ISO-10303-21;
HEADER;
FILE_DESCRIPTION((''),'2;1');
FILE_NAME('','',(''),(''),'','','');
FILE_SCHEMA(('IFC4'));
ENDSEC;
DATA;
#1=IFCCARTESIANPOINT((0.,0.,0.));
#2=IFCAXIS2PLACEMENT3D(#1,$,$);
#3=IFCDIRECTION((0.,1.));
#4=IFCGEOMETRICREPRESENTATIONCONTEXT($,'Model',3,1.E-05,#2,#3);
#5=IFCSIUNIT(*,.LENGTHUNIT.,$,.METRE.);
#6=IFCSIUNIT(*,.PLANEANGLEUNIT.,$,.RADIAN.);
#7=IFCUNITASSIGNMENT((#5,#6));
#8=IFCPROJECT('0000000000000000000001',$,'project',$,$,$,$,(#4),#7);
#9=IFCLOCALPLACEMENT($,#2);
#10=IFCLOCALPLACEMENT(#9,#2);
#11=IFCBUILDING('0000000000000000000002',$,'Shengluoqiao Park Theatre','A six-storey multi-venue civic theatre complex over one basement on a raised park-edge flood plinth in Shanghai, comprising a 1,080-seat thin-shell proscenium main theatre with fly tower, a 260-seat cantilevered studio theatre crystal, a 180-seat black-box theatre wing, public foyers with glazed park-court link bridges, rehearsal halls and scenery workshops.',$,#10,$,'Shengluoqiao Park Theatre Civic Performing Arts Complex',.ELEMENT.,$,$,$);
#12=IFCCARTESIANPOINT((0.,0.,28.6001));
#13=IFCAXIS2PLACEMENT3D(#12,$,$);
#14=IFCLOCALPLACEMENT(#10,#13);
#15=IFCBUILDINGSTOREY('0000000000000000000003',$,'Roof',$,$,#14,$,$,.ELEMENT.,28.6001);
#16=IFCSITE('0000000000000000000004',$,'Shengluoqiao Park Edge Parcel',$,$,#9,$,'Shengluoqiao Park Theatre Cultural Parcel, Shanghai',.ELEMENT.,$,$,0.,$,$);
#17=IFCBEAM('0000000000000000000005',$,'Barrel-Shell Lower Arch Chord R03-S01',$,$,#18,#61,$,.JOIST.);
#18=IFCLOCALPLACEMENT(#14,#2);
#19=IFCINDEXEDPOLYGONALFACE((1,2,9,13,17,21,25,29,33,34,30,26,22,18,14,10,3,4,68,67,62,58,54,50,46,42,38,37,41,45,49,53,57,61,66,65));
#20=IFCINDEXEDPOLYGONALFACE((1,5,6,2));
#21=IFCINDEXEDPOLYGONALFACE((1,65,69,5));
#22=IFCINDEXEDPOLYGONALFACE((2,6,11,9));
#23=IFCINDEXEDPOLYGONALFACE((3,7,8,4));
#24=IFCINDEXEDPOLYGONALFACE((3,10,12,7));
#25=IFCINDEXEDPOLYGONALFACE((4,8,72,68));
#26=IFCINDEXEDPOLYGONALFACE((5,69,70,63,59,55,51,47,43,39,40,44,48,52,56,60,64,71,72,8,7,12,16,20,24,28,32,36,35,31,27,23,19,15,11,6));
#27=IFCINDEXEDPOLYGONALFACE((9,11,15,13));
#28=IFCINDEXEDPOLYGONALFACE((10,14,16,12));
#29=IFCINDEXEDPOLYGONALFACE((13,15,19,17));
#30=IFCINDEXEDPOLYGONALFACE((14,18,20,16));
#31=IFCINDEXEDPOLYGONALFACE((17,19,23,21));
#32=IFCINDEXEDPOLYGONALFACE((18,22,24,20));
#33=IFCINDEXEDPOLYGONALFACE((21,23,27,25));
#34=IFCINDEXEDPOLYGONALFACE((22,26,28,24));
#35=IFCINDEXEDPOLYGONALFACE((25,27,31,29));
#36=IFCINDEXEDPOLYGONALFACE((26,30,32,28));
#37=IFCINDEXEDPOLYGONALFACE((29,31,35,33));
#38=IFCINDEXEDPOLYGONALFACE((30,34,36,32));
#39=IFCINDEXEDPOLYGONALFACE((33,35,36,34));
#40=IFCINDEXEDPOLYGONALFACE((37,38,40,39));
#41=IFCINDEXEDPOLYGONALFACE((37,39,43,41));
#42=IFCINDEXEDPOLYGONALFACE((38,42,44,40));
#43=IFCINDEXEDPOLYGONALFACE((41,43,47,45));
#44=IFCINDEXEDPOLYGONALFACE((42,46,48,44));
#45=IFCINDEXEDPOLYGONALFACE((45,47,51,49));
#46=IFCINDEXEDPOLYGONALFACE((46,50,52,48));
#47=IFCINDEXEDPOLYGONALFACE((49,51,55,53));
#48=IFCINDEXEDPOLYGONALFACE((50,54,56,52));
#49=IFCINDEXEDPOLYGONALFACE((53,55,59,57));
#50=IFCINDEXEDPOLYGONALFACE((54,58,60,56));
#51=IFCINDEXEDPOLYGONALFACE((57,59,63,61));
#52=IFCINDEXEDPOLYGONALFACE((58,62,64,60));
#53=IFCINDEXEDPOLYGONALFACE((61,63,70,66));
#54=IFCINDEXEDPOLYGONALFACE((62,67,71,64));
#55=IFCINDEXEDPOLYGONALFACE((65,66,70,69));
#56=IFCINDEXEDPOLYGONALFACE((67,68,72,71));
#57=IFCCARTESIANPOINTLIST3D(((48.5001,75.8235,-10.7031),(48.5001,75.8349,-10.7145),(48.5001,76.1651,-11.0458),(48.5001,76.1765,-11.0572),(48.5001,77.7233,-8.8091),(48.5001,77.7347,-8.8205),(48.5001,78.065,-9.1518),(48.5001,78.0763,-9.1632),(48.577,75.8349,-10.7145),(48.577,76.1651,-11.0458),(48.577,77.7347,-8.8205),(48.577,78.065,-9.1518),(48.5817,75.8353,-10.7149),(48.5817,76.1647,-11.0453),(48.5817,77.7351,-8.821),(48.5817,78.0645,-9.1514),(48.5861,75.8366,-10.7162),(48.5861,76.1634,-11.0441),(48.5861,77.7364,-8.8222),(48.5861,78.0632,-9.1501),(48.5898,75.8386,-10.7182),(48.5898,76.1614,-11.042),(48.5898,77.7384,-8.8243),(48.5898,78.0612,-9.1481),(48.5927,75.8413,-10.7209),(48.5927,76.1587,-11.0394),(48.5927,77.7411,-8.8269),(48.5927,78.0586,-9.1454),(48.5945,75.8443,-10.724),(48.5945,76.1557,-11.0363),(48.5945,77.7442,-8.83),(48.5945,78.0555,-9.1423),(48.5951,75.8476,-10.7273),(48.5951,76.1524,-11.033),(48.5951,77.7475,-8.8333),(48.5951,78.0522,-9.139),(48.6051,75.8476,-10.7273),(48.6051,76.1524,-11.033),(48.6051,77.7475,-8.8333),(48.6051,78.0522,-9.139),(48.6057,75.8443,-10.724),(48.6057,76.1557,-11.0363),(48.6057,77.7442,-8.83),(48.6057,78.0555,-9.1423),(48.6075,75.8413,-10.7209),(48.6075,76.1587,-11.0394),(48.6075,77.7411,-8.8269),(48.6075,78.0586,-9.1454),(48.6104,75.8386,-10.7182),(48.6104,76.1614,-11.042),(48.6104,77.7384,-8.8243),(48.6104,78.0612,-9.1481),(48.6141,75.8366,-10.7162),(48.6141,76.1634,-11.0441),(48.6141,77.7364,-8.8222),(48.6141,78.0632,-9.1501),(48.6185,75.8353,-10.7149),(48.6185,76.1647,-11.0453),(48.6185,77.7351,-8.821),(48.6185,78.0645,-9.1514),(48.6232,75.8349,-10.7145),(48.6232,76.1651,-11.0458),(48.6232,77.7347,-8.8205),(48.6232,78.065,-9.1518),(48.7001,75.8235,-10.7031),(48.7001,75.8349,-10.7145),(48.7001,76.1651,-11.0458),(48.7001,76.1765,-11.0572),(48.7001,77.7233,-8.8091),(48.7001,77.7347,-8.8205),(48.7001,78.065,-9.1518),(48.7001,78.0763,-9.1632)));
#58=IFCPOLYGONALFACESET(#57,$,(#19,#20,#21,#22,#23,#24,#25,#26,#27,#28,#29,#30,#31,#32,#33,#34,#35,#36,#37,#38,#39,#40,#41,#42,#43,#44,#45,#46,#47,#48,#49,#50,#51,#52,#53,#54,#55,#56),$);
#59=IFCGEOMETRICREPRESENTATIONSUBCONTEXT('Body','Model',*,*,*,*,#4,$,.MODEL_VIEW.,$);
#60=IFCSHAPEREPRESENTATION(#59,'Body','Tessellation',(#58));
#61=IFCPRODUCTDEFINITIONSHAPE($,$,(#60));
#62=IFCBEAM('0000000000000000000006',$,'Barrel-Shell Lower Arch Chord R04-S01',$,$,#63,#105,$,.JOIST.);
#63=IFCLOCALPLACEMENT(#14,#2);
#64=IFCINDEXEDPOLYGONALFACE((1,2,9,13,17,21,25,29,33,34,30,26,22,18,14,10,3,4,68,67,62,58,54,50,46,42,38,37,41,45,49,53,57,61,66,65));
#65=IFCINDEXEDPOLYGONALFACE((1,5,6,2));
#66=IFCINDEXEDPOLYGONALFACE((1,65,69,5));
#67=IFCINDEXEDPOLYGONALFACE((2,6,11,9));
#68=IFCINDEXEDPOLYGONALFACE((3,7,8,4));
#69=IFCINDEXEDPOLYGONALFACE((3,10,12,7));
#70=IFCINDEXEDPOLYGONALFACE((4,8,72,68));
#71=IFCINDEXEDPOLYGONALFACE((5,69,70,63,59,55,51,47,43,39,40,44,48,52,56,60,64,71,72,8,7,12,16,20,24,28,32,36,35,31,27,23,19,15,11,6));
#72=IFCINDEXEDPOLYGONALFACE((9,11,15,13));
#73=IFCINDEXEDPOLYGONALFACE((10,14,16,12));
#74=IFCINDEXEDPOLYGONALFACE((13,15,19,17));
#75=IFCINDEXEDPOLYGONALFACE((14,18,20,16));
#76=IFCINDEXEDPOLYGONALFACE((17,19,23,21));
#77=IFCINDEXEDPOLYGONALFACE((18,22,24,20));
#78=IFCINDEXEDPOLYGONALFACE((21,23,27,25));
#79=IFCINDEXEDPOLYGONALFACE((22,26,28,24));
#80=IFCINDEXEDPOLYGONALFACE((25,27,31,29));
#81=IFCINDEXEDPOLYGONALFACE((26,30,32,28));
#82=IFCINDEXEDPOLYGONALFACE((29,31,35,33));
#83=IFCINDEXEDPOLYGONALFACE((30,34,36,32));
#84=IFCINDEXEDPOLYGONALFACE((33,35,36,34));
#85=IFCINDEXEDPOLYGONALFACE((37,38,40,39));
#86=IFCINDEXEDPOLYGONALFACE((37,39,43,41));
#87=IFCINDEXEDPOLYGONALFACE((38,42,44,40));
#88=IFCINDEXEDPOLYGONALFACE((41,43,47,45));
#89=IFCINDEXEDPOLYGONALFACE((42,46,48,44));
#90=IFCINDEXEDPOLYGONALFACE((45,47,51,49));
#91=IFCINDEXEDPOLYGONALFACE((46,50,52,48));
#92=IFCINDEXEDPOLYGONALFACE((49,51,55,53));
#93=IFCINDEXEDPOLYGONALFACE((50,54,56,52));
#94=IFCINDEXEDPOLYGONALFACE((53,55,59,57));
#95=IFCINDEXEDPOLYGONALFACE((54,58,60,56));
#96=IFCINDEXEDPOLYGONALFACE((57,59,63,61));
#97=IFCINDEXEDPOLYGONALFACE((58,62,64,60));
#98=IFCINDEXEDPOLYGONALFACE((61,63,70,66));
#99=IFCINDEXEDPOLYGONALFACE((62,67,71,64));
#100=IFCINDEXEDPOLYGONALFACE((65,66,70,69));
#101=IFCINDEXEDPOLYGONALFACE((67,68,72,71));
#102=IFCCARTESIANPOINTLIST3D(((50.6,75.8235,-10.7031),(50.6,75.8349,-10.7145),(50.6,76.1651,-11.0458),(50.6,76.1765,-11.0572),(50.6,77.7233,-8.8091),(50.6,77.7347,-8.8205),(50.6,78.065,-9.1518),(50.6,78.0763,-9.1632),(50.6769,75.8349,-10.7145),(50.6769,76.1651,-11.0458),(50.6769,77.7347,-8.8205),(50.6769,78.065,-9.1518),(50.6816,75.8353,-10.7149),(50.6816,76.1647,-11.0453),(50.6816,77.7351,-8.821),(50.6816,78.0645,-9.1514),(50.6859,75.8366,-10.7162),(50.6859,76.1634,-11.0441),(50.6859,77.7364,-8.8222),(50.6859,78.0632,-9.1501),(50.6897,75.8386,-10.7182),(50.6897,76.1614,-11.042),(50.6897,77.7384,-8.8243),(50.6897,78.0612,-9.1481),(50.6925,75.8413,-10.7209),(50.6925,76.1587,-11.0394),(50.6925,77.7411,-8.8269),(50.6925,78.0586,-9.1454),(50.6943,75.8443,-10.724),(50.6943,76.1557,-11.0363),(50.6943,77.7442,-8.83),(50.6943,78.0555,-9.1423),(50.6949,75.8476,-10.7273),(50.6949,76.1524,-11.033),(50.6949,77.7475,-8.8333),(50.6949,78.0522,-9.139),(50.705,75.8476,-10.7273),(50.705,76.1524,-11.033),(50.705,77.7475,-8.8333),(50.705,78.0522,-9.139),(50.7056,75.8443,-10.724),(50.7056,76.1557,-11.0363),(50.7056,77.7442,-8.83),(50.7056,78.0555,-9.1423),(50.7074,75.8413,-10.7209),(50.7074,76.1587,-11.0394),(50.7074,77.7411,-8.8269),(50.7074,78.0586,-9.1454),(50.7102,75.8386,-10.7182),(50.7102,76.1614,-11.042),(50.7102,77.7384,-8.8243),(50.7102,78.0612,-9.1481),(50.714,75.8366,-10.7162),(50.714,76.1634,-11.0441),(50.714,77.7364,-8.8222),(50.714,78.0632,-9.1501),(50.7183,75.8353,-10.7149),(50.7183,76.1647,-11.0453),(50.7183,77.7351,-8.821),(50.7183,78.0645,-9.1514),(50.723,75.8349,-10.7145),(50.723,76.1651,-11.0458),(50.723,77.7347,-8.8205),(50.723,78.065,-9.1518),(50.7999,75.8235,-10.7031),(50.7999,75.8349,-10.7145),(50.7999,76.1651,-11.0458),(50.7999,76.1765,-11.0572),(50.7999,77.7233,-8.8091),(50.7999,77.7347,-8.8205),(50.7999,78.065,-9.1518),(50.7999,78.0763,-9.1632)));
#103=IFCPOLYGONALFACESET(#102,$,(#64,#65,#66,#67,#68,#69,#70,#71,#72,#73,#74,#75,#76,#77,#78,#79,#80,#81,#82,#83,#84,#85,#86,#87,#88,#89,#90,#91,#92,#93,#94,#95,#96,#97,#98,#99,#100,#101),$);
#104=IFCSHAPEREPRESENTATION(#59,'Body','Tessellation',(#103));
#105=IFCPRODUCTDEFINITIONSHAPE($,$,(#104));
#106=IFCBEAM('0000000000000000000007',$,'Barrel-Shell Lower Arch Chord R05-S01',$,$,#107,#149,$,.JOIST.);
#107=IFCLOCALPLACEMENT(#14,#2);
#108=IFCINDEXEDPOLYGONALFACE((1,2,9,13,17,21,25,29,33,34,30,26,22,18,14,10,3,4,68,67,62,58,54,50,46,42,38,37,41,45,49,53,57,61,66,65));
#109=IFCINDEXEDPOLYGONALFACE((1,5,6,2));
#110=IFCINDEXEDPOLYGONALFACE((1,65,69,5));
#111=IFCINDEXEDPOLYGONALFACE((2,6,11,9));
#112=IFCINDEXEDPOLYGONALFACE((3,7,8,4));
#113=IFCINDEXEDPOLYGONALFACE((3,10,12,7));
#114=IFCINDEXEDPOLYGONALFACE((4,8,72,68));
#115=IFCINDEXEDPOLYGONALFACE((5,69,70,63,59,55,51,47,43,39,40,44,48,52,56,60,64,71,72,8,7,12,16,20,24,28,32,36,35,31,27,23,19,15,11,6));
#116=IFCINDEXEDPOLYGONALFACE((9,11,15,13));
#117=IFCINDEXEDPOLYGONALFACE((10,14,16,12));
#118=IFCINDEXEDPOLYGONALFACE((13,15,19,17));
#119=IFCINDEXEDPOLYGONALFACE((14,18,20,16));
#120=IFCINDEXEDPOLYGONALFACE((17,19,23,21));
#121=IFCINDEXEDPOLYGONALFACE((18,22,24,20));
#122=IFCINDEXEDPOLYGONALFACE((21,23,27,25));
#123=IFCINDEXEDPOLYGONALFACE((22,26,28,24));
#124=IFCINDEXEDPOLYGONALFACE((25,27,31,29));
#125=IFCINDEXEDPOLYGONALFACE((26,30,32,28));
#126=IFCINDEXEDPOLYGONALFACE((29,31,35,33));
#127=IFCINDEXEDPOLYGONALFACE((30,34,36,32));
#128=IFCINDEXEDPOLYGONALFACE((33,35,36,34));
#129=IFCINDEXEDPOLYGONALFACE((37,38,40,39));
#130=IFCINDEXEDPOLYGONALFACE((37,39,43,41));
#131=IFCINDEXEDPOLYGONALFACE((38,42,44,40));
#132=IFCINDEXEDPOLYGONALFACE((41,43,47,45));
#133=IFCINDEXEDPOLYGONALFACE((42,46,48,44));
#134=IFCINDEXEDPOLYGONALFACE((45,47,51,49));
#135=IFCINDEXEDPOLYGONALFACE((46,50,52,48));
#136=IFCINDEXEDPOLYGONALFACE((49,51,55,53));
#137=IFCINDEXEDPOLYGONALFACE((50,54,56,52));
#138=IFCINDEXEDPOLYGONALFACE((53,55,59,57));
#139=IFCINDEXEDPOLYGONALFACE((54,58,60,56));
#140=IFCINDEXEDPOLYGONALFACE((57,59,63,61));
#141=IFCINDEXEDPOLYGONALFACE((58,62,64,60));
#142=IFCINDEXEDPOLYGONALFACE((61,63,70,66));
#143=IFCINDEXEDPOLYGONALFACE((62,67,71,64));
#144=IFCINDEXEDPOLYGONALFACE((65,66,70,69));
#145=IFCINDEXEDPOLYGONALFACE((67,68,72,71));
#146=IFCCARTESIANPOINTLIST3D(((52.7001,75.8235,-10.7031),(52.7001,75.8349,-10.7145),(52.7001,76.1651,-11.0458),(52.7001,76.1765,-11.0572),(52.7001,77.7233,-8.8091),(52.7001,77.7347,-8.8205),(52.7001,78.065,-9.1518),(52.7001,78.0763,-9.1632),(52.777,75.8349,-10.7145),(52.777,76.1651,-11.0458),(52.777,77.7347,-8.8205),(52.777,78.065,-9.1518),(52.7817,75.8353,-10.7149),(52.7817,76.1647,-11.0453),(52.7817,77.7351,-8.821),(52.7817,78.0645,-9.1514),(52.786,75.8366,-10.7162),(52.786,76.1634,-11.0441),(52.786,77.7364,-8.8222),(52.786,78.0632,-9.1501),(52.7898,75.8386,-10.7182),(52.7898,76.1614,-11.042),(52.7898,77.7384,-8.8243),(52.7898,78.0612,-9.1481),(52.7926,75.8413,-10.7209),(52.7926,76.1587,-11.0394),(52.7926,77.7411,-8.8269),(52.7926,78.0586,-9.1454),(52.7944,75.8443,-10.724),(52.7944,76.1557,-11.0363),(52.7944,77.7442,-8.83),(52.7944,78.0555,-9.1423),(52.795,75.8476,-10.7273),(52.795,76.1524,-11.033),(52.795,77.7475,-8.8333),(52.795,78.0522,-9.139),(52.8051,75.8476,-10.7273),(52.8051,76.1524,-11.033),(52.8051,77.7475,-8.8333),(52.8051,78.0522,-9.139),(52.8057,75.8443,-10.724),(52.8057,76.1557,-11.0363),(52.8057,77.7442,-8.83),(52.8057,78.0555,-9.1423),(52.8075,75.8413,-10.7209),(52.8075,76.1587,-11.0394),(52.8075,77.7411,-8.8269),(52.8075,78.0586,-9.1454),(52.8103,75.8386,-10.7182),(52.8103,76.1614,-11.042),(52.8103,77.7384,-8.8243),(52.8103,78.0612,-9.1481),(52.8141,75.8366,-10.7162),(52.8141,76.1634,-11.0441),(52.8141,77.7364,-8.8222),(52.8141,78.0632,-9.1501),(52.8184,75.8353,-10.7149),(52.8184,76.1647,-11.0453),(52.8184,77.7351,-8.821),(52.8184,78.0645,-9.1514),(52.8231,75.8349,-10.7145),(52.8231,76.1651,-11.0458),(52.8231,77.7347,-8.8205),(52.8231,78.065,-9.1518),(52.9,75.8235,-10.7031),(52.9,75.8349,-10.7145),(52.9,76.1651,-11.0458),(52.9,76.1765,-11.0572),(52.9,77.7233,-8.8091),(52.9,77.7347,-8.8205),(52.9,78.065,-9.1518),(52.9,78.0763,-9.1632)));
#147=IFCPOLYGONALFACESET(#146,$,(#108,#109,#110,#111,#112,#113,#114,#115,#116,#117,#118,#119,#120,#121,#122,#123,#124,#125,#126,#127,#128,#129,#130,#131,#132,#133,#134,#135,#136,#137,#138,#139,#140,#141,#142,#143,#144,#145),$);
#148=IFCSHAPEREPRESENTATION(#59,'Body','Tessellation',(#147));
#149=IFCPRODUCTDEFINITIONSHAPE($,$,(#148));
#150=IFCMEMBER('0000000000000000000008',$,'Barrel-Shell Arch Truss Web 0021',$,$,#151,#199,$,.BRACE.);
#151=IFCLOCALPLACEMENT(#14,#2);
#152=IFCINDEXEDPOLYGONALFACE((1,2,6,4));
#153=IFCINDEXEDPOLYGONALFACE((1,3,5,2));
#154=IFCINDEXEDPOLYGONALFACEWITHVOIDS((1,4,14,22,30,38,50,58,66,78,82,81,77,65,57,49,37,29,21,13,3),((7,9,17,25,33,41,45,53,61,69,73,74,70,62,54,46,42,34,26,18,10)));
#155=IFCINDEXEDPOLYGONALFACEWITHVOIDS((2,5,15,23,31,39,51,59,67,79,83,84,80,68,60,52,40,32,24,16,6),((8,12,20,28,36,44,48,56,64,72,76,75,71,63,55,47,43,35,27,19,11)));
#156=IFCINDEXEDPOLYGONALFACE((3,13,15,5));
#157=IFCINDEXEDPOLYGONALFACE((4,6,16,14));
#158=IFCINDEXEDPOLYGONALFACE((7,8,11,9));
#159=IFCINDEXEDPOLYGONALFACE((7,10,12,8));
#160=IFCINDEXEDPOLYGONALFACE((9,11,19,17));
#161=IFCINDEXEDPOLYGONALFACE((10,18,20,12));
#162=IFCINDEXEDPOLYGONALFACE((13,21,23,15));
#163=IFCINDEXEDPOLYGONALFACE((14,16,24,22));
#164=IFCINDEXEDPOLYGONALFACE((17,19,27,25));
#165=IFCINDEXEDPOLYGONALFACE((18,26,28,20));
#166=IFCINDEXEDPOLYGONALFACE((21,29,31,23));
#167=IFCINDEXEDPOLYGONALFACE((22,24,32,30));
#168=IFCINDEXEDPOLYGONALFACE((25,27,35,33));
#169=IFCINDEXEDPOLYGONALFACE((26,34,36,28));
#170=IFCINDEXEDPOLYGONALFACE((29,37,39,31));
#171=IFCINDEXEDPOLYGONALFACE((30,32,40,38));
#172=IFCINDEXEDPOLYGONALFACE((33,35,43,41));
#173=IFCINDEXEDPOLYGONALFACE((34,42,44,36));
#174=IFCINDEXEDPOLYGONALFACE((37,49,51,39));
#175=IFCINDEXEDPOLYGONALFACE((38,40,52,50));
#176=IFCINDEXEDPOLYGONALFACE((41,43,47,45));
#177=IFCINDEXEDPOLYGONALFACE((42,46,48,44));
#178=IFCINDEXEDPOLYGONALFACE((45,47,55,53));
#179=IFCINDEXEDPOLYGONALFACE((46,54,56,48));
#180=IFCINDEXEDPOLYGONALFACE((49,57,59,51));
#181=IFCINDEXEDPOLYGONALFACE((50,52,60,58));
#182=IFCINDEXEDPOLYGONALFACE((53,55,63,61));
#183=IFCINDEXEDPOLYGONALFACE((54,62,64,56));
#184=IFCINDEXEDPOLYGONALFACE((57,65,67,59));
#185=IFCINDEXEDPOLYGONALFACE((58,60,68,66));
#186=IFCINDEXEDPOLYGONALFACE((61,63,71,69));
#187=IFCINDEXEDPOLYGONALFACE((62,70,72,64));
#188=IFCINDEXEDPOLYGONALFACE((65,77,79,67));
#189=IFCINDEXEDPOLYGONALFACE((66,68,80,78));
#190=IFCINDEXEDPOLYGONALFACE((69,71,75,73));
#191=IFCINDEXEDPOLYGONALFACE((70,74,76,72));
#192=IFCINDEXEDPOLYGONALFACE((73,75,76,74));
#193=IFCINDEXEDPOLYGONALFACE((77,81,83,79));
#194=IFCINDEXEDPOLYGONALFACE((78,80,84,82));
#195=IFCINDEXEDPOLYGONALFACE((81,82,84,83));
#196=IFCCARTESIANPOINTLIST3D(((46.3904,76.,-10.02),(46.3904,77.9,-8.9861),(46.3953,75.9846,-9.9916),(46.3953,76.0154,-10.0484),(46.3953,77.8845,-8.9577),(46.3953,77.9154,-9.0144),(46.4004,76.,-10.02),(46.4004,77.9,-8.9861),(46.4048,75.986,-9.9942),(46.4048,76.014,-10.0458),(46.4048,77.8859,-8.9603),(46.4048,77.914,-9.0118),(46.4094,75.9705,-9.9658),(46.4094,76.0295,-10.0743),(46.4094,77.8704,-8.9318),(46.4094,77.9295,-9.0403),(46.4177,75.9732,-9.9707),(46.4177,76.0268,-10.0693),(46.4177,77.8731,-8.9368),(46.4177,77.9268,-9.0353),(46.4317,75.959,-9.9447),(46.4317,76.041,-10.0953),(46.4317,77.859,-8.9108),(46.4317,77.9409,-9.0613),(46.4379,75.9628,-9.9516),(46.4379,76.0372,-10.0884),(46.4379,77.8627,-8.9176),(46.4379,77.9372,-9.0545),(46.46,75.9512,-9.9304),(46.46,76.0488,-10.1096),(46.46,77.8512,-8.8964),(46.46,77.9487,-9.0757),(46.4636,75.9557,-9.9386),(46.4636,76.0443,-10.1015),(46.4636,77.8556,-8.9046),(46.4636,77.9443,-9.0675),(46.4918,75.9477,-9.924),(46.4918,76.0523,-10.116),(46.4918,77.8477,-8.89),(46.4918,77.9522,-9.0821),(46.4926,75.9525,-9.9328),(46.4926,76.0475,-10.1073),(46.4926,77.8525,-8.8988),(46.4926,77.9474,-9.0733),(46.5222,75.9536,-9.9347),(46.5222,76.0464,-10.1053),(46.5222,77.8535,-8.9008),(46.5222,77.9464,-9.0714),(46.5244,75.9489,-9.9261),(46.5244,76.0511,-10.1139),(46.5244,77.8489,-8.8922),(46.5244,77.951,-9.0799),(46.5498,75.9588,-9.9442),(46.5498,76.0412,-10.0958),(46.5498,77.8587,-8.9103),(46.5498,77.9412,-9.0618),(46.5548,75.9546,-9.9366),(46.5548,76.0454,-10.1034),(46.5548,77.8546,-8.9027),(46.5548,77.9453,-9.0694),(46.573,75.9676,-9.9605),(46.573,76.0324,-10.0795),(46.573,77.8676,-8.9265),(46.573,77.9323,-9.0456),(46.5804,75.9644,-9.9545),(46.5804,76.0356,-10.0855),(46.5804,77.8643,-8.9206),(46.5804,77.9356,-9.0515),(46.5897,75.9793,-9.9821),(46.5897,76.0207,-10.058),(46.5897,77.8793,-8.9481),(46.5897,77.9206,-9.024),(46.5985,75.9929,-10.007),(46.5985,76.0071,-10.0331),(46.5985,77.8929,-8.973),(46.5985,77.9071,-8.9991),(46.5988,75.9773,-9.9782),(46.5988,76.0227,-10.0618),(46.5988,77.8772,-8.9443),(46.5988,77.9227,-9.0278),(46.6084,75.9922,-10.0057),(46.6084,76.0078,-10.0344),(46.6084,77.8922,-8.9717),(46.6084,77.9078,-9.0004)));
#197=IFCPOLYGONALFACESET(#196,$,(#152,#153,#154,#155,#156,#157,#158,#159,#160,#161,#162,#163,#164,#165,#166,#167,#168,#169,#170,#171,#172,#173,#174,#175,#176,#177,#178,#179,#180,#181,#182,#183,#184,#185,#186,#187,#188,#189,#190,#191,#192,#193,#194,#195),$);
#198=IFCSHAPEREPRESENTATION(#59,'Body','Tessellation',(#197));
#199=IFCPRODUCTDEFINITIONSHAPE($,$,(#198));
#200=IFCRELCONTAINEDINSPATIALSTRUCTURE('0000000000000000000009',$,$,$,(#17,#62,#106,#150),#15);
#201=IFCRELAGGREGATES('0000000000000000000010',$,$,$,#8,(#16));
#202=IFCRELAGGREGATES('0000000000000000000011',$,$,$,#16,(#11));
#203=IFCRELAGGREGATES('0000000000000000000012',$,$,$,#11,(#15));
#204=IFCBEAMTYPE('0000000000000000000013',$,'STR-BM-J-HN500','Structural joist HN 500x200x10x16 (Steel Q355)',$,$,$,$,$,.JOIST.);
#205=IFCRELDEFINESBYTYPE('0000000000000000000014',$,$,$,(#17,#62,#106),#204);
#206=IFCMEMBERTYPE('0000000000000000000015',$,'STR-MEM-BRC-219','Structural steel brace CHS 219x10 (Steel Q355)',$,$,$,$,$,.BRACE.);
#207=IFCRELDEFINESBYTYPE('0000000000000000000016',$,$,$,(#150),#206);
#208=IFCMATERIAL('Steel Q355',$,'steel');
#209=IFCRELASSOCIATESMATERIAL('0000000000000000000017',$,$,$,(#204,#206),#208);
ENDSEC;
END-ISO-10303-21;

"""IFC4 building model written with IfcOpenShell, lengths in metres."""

from ifc_helpers import new_model, si_unit, direction, frame, origin, origin_2d, place, context, subcontext, project, spatial, hollow_circle, i_section, extrude, material, material_profile, profile_set, type_object, element, save


model = new_model("IFC4")

# Units and contexts
model_context = context("Model", 3, precision=1e-05, world=origin(), true_north=direction((0.0, 1.0)))
body_context = subcontext(model_context, "Body", "Model", "MODEL_VIEW")
ifc_project = project(units=[si_unit("LENGTHUNIT", "METRE"), si_unit("PLANEANGLEUNIT", "RADIAN")], contexts=[model_context])

# Site, building, storey
site_placement = place(None, origin())
site = spatial("IfcSite", under=ifc_project, at=site_placement, Name="Shengluoqiao Park Edge Parcel", LongName="Shengluoqiao Park Theatre Cultural Parcel, Shanghai", CompositionType="ELEMENT", RefElevation=0.0)
building_placement = place(site_placement, origin())
building = spatial("IfcBuilding", under=site, at=building_placement, Name="Shengluoqiao Park Theatre", Description="A six-storey multi-venue civic theatre complex over one basement on a raised park-edge flood plinth in Shanghai, comprising a 1,080-seat thin-shell proscenium main theatre with fly tower, a 260-seat cantilevered studio theatre crystal, a 180-seat black-box theatre wing, public foyers with glazed park-court link bridges, rehearsal halls and scenery workshops.", LongName="Shengluoqiao Park Theatre Civic Performing Arts Complex", CompositionType="ELEMENT")
storey_placement = place(building_placement, frame((0.0, 0.0, 28.6001)))
storey = spatial("IfcBuildingStorey", under=building, at=storey_placement, Name="Roof", CompositionType="ELEMENT", Elevation=28.6001)

# Beams
ifc_material_1 = material(Name="Steel Q355", Category="steel")
ifc_material_profile_1 = material_profile(ifc_material_1, i_section(OverallWidth=0.2, OverallDepth=0.5, WebThickness=0.01, FlangeThickness=0.0161, FilletRadius=0.0181, at=origin_2d()), Name="HN 500x200x10x16")
ifc_profile_set_1 = profile_set([ifc_material_profile_1], Name="Steel Q355")
beam_type_1 = type_object("IfcBeamType", Name="STR-BM-J-HN500", Description="Structural joist HN 500x200x10x16 (Steel Q355)", PredefinedType="JOIST", material=ifc_profile_set_1)
for number, where, z_axis, x_axis, name in (
    (1, (48.6001, 76.0, -10.8801), (0.0, 0.708198, 0.706014), (-1.0, 0.0, 0.0), "Barrel-Shell Lower Arch Chord R03-S01"),
    (2, (50.7, 76.0, -10.8801), (0.0, 0.708198, 0.706014), (-1.0, 0.0, 0.0), "Barrel-Shell Lower Arch Chord R04-S01"),
    (3, (52.8, 76.0, -10.8801), (0.0, 0.708198, 0.706014), (-1.0, 0.0, 0.0), "Barrel-Shell Lower Arch Chord R05-S01"),
):
    element("IfcBeam", number, at=place(storey_placement, frame(where, z_axis=z_axis, x_axis=x_axis)), inside=storey, type_object=beam_type_1, Name=name, PredefinedType="JOIST", context=body_context, shape_type="SweptSolid", body=[
        extrude(i_section(OverallWidth=0.2, OverallDepth=0.5, WebThickness=0.01, FlangeThickness=0.0161, FilletRadius=0.0181, at=origin_2d()), origin(), (0.0, 0.0, 1.0), 2.6826),
    ])

# Member
ifc_material_profile_2 = material_profile(ifc_material_1, hollow_circle(Radius=0.1096, WallThickness=0.01, at=origin_2d()), Name="CHS 219x10")
ifc_profile_set_2 = profile_set([ifc_material_profile_2], Name="Steel Q355")
member_type = type_object("IfcMemberType", Name="STR-MEM-BRC-219", Description="Structural steel brace CHS 219x10 (Steel Q355)", PredefinedType="BRACE", material=ifc_profile_set_2)
for number, where, z_axis, x_axis, name in (
    (4, (46.5, 76.0, -10.02), (0.0, 0.878357, 0.478006), (-1.0, 0.0, 0.0), "Barrel-Shell Arch Truss Web 0021"),
):
    element("IfcMember", number, at=place(storey_placement, frame(where, z_axis=z_axis, x_axis=x_axis)), inside=storey, type_object=member_type, Name=name, PredefinedType="BRACE", context=body_context, shape_type="SweptSolid", body=[
        extrude(hollow_circle(Radius=0.1096, WallThickness=0.01, at=origin_2d()), origin(), (0.0, 0.0, 1.0), 2.1631),
    ])

save(model, "model.ifc")
